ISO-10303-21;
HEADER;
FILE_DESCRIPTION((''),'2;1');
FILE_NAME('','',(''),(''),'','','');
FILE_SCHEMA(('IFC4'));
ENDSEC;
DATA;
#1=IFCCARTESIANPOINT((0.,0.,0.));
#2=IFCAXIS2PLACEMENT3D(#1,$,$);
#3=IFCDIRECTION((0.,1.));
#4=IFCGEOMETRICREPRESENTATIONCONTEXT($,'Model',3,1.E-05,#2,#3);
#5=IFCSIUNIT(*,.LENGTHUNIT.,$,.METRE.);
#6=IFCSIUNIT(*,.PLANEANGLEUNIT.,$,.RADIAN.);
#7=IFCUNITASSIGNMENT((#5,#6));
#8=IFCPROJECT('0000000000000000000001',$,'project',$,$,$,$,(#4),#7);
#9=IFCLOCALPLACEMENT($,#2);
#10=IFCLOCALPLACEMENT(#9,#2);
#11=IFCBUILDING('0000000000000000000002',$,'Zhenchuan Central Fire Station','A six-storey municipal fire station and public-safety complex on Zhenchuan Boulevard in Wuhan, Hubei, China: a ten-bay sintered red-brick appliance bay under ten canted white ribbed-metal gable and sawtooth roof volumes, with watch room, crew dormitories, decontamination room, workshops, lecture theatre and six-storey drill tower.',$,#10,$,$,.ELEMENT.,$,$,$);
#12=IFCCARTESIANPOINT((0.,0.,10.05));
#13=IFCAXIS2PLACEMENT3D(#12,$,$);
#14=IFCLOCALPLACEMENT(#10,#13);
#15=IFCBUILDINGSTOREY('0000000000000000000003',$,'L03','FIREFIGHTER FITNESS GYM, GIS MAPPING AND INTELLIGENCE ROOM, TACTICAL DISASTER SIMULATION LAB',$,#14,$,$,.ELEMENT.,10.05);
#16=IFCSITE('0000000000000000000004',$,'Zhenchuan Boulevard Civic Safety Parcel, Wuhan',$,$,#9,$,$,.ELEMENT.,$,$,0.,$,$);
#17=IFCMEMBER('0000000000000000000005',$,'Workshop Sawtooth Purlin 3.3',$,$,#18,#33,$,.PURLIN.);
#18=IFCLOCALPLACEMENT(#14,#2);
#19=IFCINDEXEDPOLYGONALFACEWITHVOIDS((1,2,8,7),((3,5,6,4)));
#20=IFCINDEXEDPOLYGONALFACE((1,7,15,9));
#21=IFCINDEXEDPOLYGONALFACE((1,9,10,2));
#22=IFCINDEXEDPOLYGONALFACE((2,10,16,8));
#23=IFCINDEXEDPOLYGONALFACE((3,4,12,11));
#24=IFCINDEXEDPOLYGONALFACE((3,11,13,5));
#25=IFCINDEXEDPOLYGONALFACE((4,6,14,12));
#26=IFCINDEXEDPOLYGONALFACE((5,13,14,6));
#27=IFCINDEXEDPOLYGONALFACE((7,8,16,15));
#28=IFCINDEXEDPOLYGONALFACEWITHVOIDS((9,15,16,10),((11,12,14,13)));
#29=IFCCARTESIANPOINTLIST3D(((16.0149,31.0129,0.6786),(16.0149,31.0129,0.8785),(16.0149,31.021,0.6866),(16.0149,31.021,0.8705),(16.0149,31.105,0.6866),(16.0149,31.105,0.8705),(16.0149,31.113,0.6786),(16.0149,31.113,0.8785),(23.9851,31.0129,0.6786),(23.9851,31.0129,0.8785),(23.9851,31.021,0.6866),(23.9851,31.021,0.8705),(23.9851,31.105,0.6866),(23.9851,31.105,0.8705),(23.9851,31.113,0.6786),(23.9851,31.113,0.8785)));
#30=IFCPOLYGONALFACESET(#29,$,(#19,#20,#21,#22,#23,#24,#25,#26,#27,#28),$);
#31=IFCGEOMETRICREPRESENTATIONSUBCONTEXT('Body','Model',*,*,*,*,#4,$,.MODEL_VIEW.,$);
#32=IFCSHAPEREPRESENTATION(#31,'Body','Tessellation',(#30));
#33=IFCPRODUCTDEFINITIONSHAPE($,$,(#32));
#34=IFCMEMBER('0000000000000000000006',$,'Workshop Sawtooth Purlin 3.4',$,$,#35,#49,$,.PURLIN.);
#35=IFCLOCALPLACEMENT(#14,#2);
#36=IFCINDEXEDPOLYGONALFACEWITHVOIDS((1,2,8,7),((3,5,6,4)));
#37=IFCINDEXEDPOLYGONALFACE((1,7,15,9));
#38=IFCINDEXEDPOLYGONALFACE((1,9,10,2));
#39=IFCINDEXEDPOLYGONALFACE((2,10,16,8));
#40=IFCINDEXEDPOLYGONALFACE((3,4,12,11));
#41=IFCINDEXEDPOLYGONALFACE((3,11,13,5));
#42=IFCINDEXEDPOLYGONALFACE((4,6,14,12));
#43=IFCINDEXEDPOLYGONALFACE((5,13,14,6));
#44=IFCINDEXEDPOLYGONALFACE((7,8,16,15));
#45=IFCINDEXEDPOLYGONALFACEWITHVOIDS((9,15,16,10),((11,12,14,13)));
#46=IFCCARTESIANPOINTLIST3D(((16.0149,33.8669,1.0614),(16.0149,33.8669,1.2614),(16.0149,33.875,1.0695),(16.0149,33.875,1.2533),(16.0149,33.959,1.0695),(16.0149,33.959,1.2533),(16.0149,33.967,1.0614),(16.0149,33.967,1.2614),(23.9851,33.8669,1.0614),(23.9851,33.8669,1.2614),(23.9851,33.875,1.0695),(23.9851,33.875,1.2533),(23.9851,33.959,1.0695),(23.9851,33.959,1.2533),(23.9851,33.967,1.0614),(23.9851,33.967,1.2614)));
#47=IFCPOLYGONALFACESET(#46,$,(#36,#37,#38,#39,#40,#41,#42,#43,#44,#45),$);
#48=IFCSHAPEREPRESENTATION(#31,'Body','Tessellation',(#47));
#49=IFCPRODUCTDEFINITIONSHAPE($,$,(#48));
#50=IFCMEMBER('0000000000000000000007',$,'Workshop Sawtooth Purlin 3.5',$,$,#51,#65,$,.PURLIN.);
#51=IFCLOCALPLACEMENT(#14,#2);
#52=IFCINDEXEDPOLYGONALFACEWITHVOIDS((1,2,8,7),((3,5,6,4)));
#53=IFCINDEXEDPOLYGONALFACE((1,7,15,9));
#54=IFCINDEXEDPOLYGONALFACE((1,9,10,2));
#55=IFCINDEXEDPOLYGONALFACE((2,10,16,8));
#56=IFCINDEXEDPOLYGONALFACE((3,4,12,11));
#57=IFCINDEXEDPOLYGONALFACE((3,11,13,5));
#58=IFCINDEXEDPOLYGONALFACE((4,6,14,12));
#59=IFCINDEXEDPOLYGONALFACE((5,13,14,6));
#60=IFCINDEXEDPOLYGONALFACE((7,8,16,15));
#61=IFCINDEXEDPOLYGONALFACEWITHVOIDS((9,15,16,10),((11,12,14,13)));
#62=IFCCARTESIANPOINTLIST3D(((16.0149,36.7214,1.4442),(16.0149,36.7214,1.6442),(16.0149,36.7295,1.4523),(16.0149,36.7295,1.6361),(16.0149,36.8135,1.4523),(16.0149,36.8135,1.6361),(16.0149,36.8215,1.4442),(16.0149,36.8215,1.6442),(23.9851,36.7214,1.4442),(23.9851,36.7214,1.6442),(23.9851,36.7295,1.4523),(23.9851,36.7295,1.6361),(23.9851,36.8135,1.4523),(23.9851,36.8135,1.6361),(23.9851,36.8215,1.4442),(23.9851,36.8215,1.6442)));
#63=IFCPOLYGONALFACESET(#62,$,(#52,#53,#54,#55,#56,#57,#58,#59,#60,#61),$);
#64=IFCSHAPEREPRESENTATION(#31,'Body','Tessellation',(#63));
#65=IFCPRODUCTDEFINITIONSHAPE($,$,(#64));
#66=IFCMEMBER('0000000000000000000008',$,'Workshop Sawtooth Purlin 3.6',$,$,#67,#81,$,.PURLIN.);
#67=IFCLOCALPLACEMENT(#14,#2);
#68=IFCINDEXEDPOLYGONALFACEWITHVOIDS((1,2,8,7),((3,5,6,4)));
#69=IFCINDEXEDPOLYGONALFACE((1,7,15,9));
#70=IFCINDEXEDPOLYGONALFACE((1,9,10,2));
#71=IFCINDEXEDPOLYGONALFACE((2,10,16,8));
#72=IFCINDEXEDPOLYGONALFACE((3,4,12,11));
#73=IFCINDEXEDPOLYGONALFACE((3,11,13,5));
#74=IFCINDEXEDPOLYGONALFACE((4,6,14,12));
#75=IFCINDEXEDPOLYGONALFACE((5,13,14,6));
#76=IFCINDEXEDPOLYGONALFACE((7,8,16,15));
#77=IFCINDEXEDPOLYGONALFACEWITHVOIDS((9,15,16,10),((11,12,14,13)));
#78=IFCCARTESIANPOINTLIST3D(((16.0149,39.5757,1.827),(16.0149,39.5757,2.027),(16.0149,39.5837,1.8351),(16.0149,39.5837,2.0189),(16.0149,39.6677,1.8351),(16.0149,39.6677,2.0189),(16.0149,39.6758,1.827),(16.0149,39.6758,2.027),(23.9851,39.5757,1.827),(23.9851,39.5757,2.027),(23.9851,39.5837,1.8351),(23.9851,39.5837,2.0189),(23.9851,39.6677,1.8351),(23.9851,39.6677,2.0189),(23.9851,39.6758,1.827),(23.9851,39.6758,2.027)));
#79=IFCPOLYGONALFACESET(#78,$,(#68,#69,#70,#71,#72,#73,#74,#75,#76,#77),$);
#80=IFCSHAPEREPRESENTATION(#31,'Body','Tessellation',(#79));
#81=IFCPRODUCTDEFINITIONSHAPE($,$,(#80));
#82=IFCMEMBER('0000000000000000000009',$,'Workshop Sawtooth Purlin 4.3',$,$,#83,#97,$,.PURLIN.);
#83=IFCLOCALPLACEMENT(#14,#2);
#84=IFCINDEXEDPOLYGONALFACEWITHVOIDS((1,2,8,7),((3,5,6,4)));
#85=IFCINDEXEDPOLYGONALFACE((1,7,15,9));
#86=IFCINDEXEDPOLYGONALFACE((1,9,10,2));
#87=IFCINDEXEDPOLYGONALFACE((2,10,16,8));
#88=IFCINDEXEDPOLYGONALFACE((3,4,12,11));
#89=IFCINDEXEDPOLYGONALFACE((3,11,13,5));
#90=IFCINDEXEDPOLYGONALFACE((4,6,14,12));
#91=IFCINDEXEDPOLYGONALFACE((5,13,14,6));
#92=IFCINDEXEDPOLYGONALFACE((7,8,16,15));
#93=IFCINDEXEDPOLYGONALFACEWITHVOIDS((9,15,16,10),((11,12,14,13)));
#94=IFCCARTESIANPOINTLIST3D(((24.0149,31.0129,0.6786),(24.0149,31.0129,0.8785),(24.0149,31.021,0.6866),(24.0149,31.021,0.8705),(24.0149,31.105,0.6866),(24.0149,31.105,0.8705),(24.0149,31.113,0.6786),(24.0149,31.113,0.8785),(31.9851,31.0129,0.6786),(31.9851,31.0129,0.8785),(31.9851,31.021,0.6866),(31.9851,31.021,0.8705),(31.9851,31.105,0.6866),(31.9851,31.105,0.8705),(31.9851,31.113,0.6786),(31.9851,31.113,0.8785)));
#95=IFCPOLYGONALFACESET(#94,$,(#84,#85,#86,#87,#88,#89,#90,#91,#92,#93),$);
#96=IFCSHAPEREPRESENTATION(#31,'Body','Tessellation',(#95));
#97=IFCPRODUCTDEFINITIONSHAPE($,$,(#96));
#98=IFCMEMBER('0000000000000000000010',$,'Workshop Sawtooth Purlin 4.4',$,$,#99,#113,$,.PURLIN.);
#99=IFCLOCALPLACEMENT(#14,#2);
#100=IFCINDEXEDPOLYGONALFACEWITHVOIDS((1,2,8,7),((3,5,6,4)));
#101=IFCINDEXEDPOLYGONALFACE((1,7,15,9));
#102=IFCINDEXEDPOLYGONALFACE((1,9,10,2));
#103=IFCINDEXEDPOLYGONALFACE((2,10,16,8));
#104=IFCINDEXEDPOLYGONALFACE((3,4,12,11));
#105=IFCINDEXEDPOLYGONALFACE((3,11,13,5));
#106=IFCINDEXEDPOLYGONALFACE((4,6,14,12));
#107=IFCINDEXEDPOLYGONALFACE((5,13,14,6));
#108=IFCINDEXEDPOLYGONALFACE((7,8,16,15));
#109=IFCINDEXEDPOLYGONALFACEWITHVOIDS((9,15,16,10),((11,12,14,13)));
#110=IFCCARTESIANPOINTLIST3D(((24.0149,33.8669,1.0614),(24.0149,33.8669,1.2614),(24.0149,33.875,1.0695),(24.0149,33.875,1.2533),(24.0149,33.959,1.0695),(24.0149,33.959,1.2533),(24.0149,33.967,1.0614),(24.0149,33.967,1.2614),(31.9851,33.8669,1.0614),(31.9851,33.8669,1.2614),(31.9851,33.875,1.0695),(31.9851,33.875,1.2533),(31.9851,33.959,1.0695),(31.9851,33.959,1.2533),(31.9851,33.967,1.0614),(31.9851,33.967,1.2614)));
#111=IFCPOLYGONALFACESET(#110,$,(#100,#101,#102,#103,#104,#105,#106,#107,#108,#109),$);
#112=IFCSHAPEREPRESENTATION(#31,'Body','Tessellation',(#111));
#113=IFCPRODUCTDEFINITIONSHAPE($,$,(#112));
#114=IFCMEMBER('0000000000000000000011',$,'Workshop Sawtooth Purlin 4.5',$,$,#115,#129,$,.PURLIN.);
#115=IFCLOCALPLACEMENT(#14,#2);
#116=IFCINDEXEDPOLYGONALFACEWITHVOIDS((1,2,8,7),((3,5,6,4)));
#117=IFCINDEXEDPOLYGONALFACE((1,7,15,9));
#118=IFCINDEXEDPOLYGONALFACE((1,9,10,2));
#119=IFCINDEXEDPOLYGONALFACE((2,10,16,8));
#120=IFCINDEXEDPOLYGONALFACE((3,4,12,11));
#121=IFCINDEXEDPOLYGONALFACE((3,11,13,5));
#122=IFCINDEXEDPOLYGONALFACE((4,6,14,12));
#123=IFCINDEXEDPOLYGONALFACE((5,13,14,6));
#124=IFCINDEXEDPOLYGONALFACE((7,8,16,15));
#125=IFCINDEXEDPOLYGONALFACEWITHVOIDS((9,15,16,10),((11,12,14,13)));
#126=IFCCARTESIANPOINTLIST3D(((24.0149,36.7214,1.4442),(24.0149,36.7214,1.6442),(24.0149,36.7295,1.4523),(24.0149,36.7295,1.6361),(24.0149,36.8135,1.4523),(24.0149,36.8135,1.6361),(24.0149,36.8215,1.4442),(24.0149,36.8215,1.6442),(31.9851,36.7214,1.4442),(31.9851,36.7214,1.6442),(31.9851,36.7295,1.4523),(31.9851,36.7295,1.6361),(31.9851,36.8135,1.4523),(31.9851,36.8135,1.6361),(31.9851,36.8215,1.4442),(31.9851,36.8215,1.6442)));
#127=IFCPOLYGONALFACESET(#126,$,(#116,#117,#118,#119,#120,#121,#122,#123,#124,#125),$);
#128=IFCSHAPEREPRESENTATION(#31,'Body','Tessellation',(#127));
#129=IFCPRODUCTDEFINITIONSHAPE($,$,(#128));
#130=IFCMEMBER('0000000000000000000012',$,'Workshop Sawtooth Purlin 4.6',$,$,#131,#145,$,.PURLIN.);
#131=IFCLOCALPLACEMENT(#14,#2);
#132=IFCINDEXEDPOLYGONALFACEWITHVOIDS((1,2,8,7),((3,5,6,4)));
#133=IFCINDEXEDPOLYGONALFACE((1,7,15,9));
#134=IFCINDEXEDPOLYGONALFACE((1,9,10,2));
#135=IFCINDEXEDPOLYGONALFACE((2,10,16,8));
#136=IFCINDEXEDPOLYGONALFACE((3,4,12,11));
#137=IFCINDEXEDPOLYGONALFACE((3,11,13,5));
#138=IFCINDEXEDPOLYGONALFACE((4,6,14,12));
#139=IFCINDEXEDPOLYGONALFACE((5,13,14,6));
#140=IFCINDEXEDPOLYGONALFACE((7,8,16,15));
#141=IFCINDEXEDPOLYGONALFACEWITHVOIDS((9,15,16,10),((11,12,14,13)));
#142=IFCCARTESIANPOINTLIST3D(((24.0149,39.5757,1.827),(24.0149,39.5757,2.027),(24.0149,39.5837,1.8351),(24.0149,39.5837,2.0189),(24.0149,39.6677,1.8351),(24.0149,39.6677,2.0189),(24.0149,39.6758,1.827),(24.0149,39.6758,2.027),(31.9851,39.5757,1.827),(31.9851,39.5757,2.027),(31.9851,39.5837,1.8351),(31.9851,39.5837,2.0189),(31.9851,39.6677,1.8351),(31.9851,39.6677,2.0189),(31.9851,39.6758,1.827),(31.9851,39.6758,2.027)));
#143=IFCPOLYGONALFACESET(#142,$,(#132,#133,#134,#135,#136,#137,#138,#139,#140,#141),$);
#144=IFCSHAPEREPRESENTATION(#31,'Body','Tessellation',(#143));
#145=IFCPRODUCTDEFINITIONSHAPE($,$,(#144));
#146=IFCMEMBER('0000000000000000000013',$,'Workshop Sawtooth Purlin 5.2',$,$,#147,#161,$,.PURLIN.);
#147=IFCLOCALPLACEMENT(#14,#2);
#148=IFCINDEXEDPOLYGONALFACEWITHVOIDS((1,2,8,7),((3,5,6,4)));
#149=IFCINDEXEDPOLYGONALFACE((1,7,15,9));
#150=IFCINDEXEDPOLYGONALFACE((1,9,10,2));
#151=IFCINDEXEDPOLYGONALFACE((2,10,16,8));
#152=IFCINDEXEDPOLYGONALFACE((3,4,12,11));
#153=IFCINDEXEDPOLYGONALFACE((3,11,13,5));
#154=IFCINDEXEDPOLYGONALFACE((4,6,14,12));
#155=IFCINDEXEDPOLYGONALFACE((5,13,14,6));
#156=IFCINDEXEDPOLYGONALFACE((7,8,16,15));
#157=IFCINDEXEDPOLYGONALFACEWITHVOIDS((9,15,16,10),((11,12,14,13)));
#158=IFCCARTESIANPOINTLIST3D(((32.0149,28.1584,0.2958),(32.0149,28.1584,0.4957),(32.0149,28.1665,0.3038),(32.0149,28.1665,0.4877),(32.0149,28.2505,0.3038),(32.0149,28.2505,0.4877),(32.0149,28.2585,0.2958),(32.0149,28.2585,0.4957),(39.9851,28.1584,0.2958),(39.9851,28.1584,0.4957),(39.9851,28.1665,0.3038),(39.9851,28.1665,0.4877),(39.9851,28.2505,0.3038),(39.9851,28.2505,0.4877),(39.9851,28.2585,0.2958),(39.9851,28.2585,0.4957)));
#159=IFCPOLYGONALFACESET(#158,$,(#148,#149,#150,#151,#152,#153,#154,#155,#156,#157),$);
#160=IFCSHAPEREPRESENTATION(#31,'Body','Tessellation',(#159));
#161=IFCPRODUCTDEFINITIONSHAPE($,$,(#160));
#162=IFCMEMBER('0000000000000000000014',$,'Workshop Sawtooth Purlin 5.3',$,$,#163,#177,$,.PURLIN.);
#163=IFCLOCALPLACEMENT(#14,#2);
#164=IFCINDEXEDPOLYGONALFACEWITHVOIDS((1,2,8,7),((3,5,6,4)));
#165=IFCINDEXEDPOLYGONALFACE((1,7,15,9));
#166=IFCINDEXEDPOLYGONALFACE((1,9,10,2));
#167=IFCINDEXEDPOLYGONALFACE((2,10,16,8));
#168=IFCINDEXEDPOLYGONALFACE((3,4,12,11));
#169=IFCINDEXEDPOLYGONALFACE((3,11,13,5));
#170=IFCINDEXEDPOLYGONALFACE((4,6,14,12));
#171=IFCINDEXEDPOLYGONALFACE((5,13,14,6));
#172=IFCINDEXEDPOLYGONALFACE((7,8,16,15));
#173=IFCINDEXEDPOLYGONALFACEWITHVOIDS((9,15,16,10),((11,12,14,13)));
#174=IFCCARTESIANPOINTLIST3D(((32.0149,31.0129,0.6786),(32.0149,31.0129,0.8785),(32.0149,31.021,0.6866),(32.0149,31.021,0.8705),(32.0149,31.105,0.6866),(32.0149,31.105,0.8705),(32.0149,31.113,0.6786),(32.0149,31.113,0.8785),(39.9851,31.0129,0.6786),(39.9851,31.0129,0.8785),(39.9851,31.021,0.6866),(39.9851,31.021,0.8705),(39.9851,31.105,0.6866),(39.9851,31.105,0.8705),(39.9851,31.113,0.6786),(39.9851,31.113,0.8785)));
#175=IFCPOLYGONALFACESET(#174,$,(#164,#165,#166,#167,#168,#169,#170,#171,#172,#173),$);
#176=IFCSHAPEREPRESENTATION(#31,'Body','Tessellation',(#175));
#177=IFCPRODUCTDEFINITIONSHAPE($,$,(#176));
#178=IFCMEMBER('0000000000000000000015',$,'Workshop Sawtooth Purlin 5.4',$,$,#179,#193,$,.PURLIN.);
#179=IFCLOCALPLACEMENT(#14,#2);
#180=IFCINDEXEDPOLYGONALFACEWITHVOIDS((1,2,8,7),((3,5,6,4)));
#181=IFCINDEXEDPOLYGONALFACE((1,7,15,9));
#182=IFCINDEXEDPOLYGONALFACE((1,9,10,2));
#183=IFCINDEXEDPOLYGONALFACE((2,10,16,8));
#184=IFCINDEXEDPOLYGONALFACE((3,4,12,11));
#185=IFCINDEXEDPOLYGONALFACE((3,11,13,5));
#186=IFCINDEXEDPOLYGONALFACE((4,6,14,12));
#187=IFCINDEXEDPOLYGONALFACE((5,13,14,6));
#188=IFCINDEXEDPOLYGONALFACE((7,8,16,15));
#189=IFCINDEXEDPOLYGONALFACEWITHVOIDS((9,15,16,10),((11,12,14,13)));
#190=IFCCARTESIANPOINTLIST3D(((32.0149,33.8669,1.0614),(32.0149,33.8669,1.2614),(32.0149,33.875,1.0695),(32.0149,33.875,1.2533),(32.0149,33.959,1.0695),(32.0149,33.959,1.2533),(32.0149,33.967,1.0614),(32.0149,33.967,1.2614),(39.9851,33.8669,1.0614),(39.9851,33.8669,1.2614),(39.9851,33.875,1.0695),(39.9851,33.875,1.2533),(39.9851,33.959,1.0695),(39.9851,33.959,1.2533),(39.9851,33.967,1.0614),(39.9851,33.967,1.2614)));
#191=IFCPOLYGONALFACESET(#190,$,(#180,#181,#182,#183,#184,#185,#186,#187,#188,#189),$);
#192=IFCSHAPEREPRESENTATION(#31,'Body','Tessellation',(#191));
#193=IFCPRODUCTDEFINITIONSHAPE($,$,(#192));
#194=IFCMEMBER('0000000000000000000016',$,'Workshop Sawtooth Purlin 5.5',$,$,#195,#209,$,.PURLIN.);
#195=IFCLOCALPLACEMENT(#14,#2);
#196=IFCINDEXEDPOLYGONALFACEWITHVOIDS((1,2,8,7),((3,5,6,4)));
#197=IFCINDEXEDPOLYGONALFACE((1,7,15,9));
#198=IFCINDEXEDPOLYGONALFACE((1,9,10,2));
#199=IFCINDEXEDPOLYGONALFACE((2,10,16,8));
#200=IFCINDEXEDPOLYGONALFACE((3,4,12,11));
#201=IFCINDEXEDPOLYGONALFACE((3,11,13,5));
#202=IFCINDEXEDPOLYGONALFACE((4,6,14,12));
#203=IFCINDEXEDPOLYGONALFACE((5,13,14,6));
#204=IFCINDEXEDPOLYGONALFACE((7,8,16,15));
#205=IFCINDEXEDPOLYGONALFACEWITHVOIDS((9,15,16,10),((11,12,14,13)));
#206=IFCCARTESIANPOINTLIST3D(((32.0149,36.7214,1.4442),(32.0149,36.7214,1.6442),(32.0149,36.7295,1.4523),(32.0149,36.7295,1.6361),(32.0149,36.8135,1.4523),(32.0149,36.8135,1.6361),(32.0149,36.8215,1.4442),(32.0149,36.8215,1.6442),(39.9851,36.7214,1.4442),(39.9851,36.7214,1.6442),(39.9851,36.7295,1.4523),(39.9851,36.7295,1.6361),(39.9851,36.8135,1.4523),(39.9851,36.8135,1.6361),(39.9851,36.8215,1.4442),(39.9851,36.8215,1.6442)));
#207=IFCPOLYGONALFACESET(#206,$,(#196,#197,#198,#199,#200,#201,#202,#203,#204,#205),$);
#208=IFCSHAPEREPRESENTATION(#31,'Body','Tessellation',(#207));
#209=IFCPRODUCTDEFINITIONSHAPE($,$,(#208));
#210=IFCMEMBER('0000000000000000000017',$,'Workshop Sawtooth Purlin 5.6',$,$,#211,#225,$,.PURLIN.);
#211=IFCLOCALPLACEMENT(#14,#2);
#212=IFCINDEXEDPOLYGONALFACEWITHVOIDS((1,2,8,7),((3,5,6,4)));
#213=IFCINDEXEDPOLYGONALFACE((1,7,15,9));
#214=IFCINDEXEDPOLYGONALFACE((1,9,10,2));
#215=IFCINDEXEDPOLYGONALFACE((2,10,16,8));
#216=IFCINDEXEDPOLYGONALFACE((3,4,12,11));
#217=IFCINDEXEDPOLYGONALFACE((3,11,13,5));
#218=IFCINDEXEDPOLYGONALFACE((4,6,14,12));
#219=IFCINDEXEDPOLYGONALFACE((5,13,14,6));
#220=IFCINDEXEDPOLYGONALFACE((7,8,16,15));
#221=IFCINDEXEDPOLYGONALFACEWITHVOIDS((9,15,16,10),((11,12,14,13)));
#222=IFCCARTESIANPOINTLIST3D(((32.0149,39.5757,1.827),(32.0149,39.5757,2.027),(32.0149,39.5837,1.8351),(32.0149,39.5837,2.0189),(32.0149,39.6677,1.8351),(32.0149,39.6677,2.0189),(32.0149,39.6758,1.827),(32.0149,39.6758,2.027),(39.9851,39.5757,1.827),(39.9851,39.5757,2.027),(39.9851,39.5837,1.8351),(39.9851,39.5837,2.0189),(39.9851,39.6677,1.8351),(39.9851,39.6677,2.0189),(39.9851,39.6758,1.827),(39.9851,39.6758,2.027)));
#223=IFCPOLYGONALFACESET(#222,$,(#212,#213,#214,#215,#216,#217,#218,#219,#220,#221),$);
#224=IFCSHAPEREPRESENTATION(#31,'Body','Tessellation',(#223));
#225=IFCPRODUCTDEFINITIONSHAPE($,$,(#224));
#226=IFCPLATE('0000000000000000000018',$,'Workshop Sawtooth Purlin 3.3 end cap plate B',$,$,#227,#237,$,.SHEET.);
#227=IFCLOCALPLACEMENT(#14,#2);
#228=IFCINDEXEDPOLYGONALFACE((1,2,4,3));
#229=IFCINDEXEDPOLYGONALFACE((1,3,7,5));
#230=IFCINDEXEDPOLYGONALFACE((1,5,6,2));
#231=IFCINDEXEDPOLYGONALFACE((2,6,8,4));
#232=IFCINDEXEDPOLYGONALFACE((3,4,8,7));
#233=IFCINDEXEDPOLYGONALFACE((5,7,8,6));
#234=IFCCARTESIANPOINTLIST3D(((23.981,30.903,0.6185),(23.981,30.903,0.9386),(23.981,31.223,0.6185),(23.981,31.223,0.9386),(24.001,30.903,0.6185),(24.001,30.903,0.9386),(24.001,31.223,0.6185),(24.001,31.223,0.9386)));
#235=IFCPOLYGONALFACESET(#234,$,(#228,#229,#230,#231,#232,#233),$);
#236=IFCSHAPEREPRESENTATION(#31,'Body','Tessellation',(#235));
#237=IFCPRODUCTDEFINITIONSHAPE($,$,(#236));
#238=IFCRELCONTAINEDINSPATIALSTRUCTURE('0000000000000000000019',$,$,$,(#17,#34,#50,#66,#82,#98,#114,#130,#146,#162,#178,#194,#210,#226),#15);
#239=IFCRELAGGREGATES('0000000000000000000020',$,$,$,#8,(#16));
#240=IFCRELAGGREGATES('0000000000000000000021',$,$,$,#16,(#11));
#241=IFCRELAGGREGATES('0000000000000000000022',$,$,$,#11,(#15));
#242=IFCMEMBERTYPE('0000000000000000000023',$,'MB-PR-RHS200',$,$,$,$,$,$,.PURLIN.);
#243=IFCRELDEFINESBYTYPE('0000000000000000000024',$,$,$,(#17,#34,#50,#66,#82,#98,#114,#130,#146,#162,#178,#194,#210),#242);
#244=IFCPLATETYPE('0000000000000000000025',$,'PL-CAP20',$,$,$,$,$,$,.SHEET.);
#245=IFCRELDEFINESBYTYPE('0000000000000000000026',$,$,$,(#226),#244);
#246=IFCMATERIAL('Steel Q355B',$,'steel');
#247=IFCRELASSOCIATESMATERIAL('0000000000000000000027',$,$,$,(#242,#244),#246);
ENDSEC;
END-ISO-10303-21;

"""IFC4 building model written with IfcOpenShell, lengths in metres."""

from ifc_helpers import new_model, si_unit, direction, frame, origin, origin_2d, place, context, subcontext, project, spatial, rectangle, hollow_rectangle, extrude, material, material_profile, profile_set, type_object, element, save


model = new_model("IFC4")

# Units and contexts
model_context = context("Model", 3, precision=1e-05, world=origin(), true_north=direction((0.0, 1.0)))
body_context = subcontext(model_context, "Body", "Model", "MODEL_VIEW")
ifc_project = project(units=[si_unit("LENGTHUNIT", "METRE"), si_unit("PLANEANGLEUNIT", "RADIAN")], contexts=[model_context])

# Site, building, storey
site_placement = place(None, origin())
site = spatial("IfcSite", under=ifc_project, at=site_placement, Name="Zhenchuan Boulevard Civic Safety Parcel, Wuhan", CompositionType="ELEMENT", RefElevation=0.0)
building_placement = place(site_placement, origin())
building = spatial("IfcBuilding", under=site, at=building_placement, Name="Zhenchuan Central Fire Station", Description="A six-storey municipal fire station and public-safety complex on Zhenchuan Boulevard in Wuhan, Hubei, China: a ten-bay sintered red-brick appliance bay under ten canted white ribbed-metal gable and sawtooth roof volumes, with watch room, crew dormitories, decontamination room, workshops, lecture theatre and six-storey drill tower.", CompositionType="ELEMENT")
storey_placement = place(building_placement, frame((0.0, 0.0, 10.05)))
storey = spatial("IfcBuildingStorey", under=building, at=storey_placement, Name="L03", Description="FIREFIGHTER FITNESS GYM, GIS MAPPING AND INTELLIGENCE ROOM, TACTICAL DISASTER SIMULATION LAB", CompositionType="ELEMENT", Elevation=10.05)

# Members
ifc_material = material(Name="Steel Q355B", Category="steel")
ifc_material_profile_1 = material_profile(ifc_material, hollow_rectangle(XDim=0.1001, YDim=0.2, WallThickness=0.0081, at=origin_2d()), Name="RHS 200x100x8")
ifc_profile_set_1 = profile_set([ifc_material_profile_1], Name="Steel Q355B")
member_type = type_object("IfcMemberType", Name="MB-PR-RHS200", PredefinedType="PURLIN", material=ifc_profile_set_1)
for number, where, z_axis, x_axis, name in (
    (1, (16.0149, 31.063, 0.7786), (1.0, 0.0, 0.0), (0.0, 1.0, 0.0), "Workshop Sawtooth Purlin 3.3"),
    (2, (16.0149, 33.917, 1.1614), (1.0, 0.0, 0.0), (0.0, 1.0, 0.0), "Workshop Sawtooth Purlin 3.4"),
    (3, (16.0149, 36.7715, 1.5442), (1.0, 0.0, 0.0), (0.0, 1.0, 0.0), "Workshop Sawtooth Purlin 3.5"),
    (4, (16.0149, 39.6257, 1.927), (1.0, 0.0, 0.0), (0.0, 1.0, 0.0), "Workshop Sawtooth Purlin 3.6"),
    (5, (24.0149, 31.063, 0.7786), (1.0, 0.0, 0.0), (0.0, 1.0, 0.0), "Workshop Sawtooth Purlin 4.3"),
    (6, (24.0149, 33.917, 1.1614), (1.0, 0.0, 0.0), (0.0, 1.0, 0.0), "Workshop Sawtooth Purlin 4.4"),
    (7, (24.0149, 36.7715, 1.5442), (1.0, 0.0, 0.0), (0.0, 1.0, 0.0), "Workshop Sawtooth Purlin 4.5"),
    (8, (24.0149, 39.6257, 1.927), (1.0, 0.0, 0.0), (0.0, 1.0, 0.0), "Workshop Sawtooth Purlin 4.6"),
    (9, (32.0149, 28.2085, 0.3958), (1.0, 0.0, 0.0), (0.0, 1.0, 0.0), "Workshop Sawtooth Purlin 5.2"),
    (10, (32.0149, 31.063, 0.7786), (1.0, 0.0, 0.0), (0.0, 1.0, 0.0), "Workshop Sawtooth Purlin 5.3"),
    (11, (32.0149, 33.917, 1.1614), (1.0, 0.0, 0.0), (0.0, 1.0, 0.0), "Workshop Sawtooth Purlin 5.4"),
    (12, (32.0149, 36.7715, 1.5442), (1.0, 0.0, 0.0), (0.0, 1.0, 0.0), "Workshop Sawtooth Purlin 5.5"),
    (13, (32.0149, 39.6257, 1.927), (1.0, 0.0, 0.0), (0.0, 1.0, 0.0), "Workshop Sawtooth Purlin 5.6"),
):
    element("IfcMember", number, at=place(storey_placement, frame(where, z_axis=z_axis, x_axis=x_axis)), inside=storey, type_object=member_type, Name=name, PredefinedType="PURLIN", context=body_context, shape_type="SweptSolid", body=[
        extrude(hollow_rectangle(XDim=0.1001, YDim=0.2, WallThickness=0.0081, at=origin_2d()), origin(), (0.0, 0.0, 1.0), 7.9702),
    ])

# Plate
ifc_material_profile_2 = material_profile(ifc_material, rectangle(XDim=0.3201, YDim=0.3201, at=origin_2d()), Name="PL 320x320x20")
ifc_profile_set_2 = profile_set([ifc_material_profile_2], Name="Steel Q355B")
plate_type = type_object("IfcPlateType", Name="PL-CAP20", PredefinedType="SHEET", material=ifc_profile_set_2)
for number, where, z_axis, x_axis, name in (
    (14, (23.981, 31.063, 0.7786), (1.0, 0.0, 0.0), (0.0, 1.0, 0.0), "Workshop Sawtooth Purlin 3.3 end cap plate B"),
):
    element("IfcPlate", number, at=place(storey_placement, frame(where, z_axis=z_axis, x_axis=x_axis)), inside=storey, type_object=plate_type, Name=name, PredefinedType="SHEET", context=body_context, shape_type="SweptSolid", body=[
        extrude(rectangle(XDim=0.3201, YDim=0.3201, at=origin_2d()), origin(), (0.0, 0.0, 1.0), 0.02),
    ])

save(model, "model.ifc")
